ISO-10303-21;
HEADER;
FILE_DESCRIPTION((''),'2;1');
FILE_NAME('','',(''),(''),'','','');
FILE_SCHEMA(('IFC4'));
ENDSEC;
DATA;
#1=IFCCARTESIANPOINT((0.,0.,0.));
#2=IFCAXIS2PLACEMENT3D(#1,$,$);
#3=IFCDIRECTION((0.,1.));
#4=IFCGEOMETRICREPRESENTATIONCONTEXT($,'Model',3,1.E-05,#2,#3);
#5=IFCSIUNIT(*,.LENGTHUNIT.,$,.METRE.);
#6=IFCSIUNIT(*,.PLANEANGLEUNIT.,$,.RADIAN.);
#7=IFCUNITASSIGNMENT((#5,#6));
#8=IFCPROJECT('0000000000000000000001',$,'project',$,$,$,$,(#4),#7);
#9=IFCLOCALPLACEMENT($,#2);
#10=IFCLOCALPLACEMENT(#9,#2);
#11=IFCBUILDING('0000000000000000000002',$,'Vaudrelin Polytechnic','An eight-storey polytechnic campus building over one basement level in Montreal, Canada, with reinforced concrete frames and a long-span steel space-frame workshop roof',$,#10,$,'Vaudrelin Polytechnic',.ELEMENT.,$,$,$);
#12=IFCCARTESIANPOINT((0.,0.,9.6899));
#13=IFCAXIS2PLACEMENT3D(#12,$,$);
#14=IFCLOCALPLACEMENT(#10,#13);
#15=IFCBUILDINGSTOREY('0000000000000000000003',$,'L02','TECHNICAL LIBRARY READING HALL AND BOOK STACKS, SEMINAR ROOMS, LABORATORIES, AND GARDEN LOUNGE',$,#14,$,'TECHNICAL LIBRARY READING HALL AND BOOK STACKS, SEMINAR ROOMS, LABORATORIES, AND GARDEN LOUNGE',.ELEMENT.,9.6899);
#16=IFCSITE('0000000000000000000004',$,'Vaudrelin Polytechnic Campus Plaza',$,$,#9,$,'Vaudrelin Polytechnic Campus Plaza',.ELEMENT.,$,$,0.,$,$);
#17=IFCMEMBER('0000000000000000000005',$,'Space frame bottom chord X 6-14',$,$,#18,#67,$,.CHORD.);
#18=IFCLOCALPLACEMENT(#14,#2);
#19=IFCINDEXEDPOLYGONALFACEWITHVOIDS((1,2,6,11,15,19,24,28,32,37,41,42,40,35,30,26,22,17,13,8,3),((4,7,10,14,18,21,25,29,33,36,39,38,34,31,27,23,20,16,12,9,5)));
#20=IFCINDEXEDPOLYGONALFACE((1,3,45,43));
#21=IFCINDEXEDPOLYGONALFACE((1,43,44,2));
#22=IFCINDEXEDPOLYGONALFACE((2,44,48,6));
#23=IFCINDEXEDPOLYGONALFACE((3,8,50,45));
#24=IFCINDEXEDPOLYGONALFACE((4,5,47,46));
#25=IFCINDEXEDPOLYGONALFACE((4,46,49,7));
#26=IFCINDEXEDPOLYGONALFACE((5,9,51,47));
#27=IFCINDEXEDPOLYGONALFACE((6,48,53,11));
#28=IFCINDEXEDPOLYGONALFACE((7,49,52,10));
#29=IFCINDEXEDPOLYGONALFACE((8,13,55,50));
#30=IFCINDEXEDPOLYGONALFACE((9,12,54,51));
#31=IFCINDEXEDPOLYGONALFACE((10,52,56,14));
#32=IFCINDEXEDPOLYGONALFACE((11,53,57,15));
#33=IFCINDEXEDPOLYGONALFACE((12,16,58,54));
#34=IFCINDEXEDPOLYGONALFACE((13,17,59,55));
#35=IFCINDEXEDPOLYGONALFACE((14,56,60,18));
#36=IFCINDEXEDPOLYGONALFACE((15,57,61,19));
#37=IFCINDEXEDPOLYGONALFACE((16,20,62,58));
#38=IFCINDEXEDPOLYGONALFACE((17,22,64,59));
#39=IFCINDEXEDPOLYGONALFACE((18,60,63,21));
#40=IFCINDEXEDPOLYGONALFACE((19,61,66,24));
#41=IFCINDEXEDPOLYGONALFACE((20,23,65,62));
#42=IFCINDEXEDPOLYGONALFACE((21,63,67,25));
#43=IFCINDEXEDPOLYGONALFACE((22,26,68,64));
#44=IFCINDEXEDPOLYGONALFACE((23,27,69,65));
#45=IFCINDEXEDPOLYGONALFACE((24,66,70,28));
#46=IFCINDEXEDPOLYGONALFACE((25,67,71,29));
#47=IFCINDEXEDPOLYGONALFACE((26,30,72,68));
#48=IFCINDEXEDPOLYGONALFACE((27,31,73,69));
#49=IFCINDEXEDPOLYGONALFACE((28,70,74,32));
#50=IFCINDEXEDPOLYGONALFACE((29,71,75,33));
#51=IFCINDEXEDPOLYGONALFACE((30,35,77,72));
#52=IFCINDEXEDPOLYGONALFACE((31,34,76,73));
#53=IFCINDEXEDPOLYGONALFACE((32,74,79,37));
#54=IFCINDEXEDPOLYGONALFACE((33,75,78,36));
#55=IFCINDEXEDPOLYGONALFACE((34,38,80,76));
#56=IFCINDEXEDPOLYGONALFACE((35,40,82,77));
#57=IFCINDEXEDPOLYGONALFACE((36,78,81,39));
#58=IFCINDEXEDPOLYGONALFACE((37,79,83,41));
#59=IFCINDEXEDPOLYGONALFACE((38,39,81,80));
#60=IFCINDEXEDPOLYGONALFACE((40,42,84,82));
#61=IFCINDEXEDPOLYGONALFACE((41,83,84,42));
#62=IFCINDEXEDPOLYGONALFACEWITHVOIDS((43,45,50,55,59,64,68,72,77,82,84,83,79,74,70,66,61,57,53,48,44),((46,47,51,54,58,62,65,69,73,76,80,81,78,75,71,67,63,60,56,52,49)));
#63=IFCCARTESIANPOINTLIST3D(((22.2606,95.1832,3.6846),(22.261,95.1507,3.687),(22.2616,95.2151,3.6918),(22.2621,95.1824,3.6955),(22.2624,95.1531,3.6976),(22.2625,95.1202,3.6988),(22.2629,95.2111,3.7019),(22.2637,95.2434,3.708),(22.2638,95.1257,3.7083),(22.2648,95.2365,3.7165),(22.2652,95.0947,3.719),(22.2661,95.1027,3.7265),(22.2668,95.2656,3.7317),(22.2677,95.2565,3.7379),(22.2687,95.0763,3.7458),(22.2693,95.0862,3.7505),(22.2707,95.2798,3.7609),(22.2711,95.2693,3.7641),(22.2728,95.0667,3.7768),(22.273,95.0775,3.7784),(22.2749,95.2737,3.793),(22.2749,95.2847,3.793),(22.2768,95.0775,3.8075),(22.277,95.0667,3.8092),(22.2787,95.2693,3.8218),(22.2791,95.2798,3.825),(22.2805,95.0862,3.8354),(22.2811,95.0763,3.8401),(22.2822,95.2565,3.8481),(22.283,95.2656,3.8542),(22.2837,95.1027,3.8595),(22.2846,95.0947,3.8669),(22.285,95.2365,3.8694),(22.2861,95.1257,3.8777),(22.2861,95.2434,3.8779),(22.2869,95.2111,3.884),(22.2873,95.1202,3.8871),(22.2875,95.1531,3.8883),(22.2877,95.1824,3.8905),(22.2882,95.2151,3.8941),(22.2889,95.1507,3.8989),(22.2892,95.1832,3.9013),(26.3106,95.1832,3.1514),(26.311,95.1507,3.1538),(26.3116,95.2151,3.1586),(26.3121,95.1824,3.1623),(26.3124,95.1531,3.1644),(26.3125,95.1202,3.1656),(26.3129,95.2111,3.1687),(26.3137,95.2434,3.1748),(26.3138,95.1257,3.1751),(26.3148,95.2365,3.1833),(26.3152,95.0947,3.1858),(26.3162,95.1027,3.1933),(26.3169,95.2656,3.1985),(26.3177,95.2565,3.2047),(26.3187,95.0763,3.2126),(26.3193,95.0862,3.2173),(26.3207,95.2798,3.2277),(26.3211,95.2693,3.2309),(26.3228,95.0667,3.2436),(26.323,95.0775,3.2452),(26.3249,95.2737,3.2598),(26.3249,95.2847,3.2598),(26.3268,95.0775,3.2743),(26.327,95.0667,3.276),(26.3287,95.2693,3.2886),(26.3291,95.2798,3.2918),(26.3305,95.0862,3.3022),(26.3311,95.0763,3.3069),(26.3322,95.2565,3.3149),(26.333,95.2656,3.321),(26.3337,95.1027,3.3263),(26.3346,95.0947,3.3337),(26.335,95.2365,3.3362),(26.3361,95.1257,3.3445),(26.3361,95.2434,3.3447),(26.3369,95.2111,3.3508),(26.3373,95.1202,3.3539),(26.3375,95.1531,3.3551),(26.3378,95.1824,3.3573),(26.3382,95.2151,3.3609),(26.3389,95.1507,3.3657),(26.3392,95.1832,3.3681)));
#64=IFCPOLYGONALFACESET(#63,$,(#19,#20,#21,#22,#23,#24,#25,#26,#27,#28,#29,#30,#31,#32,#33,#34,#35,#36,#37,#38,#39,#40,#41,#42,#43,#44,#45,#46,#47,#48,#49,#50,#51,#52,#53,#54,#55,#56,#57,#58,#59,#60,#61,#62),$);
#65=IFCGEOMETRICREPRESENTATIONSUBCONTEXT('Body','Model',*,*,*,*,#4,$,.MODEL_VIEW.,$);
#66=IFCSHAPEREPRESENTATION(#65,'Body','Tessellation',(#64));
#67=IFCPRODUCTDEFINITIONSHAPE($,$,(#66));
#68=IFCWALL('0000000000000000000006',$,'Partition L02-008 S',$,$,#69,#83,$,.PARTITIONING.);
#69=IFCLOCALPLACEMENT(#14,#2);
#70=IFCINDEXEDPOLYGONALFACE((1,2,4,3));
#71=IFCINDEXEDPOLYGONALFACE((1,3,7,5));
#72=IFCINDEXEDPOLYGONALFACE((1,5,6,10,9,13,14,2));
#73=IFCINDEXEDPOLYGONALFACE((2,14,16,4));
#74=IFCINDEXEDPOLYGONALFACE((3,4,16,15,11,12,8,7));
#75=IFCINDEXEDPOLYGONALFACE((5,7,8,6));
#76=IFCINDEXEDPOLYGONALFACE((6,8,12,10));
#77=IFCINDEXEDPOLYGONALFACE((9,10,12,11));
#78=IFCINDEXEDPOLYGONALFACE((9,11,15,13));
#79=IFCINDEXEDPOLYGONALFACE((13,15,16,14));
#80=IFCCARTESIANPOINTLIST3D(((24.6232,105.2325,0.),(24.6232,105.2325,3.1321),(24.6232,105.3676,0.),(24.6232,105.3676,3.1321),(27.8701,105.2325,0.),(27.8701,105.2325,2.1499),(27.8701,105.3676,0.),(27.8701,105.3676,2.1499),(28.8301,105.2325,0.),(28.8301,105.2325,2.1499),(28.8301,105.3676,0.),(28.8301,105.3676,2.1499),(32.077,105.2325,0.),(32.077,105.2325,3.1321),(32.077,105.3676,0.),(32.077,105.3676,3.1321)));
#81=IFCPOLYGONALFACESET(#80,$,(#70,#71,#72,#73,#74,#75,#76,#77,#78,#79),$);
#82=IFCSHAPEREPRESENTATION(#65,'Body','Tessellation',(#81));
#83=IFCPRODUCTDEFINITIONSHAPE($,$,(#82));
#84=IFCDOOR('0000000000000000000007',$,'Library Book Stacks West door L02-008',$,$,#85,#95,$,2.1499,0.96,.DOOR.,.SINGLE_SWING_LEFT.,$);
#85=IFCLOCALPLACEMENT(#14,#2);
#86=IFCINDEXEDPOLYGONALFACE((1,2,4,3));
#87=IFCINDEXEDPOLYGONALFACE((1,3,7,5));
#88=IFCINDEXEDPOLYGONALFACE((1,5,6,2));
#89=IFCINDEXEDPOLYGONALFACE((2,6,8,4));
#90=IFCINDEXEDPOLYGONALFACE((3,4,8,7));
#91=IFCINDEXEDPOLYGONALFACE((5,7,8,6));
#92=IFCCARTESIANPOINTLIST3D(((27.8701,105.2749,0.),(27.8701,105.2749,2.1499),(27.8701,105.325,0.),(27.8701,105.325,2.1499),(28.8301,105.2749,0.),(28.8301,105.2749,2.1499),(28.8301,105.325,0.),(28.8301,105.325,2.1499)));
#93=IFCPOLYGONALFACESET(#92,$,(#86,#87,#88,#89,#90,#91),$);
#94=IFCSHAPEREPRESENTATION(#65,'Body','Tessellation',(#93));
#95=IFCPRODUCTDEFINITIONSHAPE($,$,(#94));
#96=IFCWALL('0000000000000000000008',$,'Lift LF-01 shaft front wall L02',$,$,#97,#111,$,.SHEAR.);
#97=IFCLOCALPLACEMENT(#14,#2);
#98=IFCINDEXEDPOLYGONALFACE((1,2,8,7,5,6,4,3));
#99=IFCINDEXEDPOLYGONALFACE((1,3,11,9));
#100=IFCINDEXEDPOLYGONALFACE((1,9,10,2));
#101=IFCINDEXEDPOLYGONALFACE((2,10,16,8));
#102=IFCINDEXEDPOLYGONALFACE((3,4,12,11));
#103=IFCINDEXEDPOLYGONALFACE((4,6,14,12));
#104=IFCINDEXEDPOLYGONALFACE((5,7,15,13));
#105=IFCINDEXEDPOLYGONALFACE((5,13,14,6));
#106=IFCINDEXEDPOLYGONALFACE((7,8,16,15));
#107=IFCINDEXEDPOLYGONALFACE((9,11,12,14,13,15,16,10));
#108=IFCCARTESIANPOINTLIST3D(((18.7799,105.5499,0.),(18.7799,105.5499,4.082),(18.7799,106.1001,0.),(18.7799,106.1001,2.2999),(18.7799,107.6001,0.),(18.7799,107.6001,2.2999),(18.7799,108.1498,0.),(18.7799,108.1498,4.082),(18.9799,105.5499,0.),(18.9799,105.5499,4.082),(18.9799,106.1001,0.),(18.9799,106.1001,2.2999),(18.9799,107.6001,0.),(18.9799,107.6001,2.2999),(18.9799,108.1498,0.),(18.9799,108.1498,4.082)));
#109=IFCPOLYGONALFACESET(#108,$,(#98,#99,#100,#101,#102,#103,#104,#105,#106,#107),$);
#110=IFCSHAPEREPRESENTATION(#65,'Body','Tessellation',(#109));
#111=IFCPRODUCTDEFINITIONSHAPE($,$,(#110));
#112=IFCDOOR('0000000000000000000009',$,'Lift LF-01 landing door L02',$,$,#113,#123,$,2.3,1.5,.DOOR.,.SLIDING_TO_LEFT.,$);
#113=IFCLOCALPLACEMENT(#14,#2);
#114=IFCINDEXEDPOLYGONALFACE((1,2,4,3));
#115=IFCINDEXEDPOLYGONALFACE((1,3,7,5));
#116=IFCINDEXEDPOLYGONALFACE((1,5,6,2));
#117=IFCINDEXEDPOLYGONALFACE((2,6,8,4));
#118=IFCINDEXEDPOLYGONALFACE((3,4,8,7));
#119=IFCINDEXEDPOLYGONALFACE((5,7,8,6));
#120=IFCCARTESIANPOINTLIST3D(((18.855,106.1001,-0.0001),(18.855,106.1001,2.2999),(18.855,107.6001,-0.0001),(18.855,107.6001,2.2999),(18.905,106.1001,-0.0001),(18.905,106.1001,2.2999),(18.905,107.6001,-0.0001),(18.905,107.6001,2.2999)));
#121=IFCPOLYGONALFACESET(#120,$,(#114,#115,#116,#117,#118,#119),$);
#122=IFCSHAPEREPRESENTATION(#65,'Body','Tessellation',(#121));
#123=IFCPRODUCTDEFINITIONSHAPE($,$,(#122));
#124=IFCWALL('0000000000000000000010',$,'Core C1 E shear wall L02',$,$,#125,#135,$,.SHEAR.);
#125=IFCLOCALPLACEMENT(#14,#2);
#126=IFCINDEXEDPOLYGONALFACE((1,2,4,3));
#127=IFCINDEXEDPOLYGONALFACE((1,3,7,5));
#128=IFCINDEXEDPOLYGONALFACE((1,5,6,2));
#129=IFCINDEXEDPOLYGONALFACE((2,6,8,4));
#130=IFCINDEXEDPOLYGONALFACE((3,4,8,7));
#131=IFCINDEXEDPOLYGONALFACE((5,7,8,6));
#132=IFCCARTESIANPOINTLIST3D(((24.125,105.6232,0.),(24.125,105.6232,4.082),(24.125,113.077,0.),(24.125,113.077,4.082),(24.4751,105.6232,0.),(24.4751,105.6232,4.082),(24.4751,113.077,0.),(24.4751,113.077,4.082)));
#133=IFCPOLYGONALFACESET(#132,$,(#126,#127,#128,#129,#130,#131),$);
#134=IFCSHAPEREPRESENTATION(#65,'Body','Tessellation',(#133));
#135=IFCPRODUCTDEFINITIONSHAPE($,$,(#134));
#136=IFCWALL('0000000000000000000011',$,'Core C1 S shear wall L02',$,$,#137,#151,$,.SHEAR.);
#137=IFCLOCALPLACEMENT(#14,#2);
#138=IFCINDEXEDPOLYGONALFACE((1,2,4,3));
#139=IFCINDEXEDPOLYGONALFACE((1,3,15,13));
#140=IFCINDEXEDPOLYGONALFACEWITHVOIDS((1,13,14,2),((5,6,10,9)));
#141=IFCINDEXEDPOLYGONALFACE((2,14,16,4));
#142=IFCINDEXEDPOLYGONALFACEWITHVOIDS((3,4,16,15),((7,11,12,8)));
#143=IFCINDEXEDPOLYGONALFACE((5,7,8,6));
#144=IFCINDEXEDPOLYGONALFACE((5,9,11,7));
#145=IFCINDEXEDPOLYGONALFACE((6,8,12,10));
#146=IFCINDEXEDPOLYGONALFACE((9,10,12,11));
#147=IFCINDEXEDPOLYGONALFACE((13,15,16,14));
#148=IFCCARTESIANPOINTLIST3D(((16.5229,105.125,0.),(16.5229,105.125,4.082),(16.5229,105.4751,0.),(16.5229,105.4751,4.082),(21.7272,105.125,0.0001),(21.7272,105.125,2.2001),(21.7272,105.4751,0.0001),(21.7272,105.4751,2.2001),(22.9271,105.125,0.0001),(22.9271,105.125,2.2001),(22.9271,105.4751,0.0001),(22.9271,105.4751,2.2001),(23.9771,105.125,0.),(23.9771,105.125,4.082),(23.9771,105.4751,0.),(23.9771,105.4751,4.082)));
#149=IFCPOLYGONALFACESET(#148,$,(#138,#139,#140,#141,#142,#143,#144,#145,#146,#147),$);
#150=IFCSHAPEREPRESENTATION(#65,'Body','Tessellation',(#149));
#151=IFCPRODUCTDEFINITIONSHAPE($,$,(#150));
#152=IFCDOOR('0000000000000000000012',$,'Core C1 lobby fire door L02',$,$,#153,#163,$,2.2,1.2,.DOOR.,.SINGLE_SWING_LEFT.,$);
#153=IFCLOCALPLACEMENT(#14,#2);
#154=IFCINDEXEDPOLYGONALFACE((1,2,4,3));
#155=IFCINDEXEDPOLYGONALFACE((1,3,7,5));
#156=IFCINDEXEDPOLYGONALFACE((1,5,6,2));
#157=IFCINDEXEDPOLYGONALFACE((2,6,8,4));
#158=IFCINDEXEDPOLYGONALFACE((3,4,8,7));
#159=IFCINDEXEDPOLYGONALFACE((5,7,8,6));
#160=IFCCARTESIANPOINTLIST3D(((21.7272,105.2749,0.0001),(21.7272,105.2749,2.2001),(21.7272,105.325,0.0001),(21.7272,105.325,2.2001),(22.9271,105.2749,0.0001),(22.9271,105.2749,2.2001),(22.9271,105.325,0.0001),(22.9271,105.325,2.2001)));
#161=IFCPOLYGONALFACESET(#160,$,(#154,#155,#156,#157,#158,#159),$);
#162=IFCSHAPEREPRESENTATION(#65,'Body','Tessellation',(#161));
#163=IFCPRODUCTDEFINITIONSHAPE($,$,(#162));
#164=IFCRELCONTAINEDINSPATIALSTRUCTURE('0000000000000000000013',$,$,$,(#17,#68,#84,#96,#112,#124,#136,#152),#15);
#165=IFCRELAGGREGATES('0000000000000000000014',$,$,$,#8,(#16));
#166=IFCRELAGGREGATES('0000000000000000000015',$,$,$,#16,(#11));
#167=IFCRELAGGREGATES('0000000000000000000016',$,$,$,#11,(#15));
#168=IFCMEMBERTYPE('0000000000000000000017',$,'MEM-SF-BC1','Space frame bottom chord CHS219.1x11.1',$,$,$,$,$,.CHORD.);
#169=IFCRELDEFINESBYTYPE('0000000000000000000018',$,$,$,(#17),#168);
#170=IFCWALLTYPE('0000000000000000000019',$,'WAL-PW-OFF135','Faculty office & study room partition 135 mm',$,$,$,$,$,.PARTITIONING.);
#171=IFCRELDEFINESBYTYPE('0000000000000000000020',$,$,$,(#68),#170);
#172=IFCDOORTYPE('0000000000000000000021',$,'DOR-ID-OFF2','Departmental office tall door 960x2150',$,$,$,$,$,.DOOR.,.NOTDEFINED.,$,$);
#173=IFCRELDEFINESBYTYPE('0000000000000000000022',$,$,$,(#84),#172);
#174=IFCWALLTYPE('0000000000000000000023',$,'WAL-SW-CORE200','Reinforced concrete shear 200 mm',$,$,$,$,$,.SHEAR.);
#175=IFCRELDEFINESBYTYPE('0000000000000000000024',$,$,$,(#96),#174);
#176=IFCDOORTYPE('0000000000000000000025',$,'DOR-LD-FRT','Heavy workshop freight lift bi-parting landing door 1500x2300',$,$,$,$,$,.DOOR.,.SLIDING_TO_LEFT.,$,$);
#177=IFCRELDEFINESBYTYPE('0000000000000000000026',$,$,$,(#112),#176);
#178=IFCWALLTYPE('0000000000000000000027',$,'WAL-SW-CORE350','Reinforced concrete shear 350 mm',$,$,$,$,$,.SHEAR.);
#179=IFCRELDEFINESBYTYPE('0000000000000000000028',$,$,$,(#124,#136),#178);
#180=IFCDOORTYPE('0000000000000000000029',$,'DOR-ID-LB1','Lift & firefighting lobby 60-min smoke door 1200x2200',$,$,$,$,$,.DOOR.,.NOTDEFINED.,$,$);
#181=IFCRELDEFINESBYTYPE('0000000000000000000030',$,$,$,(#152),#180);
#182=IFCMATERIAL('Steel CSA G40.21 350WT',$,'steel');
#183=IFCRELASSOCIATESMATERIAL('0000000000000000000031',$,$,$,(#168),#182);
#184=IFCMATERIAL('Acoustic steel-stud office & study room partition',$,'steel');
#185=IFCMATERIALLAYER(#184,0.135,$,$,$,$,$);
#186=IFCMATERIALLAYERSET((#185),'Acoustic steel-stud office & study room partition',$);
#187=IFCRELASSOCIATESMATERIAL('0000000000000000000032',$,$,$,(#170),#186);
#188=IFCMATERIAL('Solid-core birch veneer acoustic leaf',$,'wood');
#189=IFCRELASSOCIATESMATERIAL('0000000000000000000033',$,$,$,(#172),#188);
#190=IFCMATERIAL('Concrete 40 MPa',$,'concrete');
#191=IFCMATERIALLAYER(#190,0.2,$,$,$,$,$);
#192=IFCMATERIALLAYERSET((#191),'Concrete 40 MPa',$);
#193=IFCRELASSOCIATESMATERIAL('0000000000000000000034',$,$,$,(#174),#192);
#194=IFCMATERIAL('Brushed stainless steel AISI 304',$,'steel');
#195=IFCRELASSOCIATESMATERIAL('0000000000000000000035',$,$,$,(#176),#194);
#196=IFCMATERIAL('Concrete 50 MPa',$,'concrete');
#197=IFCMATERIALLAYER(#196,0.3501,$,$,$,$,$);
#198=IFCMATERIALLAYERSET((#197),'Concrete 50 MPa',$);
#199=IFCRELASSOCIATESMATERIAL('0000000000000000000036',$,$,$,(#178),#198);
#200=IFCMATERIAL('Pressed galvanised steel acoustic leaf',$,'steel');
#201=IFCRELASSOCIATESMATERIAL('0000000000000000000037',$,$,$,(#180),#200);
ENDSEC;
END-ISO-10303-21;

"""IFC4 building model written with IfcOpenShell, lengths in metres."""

from ifc_helpers import new_model, si_unit, direction, frame, frame_2d, origin, origin_2d, place, context, subcontext, project, spatial, rectangle, hollow_circle, extrude, material, layer, layer_set, material_profile, profile_set, type_object, element, fill, save


model = new_model("IFC4")

# Units and contexts
model_context = context("Model", 3, precision=1e-05, world=origin(), true_north=direction((0.0, 1.0)))
body_context = subcontext(model_context, "Body", "Model", "MODEL_VIEW")
ifc_project = project(units=[si_unit("LENGTHUNIT", "METRE"), si_unit("PLANEANGLEUNIT", "RADIAN")], contexts=[model_context])

# Site, building, storey
site_placement = place(None, origin())
site = spatial("IfcSite", under=ifc_project, at=site_placement, Name="Vaudrelin Polytechnic Campus Plaza", LongName="Vaudrelin Polytechnic Campus Plaza", CompositionType="ELEMENT", RefElevation=0.0)
building_placement = place(site_placement, origin())
building = spatial("IfcBuilding", under=site, at=building_placement, Name="Vaudrelin Polytechnic", Description="An eight-storey polytechnic campus building over one basement level in Montreal, Canada, with reinforced concrete frames and a long-span steel space-frame workshop roof", LongName="Vaudrelin Polytechnic", CompositionType="ELEMENT")
storey_placement = place(building_placement, frame((0.0, 0.0, 9.6899)))
storey = spatial("IfcBuildingStorey", under=building, at=storey_placement, Name="L02", Description="TECHNICAL LIBRARY READING HALL AND BOOK STACKS, SEMINAR ROOMS, LABORATORIES, AND GARDEN LOUNGE", LongName="TECHNICAL LIBRARY READING HALL AND BOOK STACKS, SEMINAR ROOMS, LABORATORIES, AND GARDEN LOUNGE", CompositionType="ELEMENT", Elevation=9.6899)

# Shared definitions
ifc_material_1 = material(Name="Concrete 40 MPa", Category="concrete")

# Shared definitions
ifc_material_2 = material(Name="Concrete 50 MPa", Category="concrete")
ifc_material_3 = material(Name="Steel CSA G40.21 350WT", Category="steel")

# Member
ifc_material_profile_1 = material_profile(ifc_material_3, hollow_circle(Radius=0.1096, WallThickness=0.011, at=origin_2d()), Name="CHS219.1x11.1")
ifc_profile_set_1 = profile_set([ifc_material_profile_1], Name="Steel CSA G40.21 350WT")
member_type = type_object("IfcMemberType", Name="MEM-SF-BC1", Description="Space frame bottom chord CHS219.1x11.1", PredefinedType="CHORD", material=ifc_profile_set_1)
member_placement = place(storey_placement, frame((22.2749, 95.175, 3.793), z_axis=(0.991445, 0.0, -0.130527), x_axis=(0.0, 1.0, 0.0)))
element("IfcMember", 1, at=member_placement, inside=storey, type_object=member_type, Name="Space frame bottom chord X 6-14", PredefinedType="CHORD", context=body_context, shape_type="SweptSolid", body=[
    extrude(hollow_circle(Radius=0.1096, WallThickness=0.011, at=origin_2d()), origin(), (0.0, 0.0, 1.0), 4.085),
])

# Walls, openings, doors
ifc_material_4 = material(Name="Pressed galvanised steel acoustic leaf", Category="steel")
ifc_material_5 = material(Name="Acoustic steel-stud office & study room partition", Category="steel")
ifc_layer_1 = layer(ifc_material_5, 0.135)
ifc_layer_set_1 = layer_set([ifc_layer_1], Name="Acoustic steel-stud office & study room partition")
wall_type_1 = type_object("IfcWallType", Name="WAL-PW-OFF135", Description="Faculty office & study room partition 135 mm", PredefinedType="PARTITIONING", material=ifc_layer_set_1)
wall_1_placement = place(storey_placement, frame((24.623, 105.3, 0.0), z_axis=(0.0, 0.0, 1.0), x_axis=(1.0, 0.0, 0.0)))
wall_1 = element("IfcWall", 2, at=wall_1_placement, inside=storey, type_object=wall_type_1, Name="Partition L02-008 S", PredefinedType="PARTITIONING", context=body_context, shape_type="SweptSolid", body=[
    extrude(rectangle(XDim=7.4539, YDim=0.135, at=frame_2d((3.7271, 0.0))), origin(), (0.0, 0.0, 1.0), 3.1321),
])
opening_1_placement = place(wall_1_placement, frame((3.2471, 0.0, 0.0)))
opening_1 = element("IfcOpeningElement", 3, at=opening_1_placement, cuts=wall_1, PredefinedType="OPENING", context=body_context, shape_type="SweptSolid", body=[
    extrude(rectangle(XDim=0.96, YDim=2.1499, at=frame_2d((0.48, 1.075))), frame((0.0, 0.0776, 0.0), z_axis=(0.0, -1.0, 0.0), x_axis=(1.0, 0.0, 0.0)), (0.0, 0.0, 1.0), 0.155),
])
ifc_material_6 = material(Name="Solid-core birch veneer acoustic leaf", Category="wood")
door_type_1 = type_object("IfcDoorType", Name="DOR-ID-OFF2", Description="Departmental office tall door 960x2150", OperationType="NOTDEFINED", PredefinedType="DOOR", material=ifc_material_6)
door_1_placement = place(opening_1_placement, origin())
door_1 = element("IfcDoor", 4, at=door_1_placement, inside=storey, type_object=door_type_1, Name="Library Book Stacks West door L02-008", OperationType="SINGLE_SWING_LEFT", OverallHeight=2.1499, OverallWidth=0.96, PredefinedType="DOOR", context=body_context, shape_type="SweptSolid", body=[
    extrude(rectangle(XDim=0.96, YDim=2.1499, at=frame_2d((0.48, 1.075))), frame((0.0, 0.0249, 0.0), z_axis=(0.0, -1.0, 0.0), x_axis=(1.0, 0.0, 0.0)), (0.0, 0.0, 1.0), 0.05),
])
fill(opening_1, door_1)
ifc_layer_2 = layer(ifc_material_1, 0.2)
ifc_layer_set_2 = layer_set([ifc_layer_2], Name="Concrete 40 MPa")
wall_type_2 = type_object("IfcWallType", Name="WAL-SW-CORE200", Description="Reinforced concrete shear 200 mm", PredefinedType="SHEAR", material=ifc_layer_set_2)
wall_2_placement = place(storey_placement, frame((18.8799, 105.55, 0.0), z_axis=(0.0, 0.0, 1.0), x_axis=(0.0, 1.0, 0.0)))
wall_2 = element("IfcWall", 5, at=wall_2_placement, inside=storey, type_object=wall_type_2, Name="Lift LF-01 shaft front wall L02", PredefinedType="SHEAR", context=body_context, shape_type="SweptSolid", body=[
    extrude(rectangle(XDim=2.5999, YDim=0.2, at=frame_2d((1.2998, 0.0))), origin(), (0.0, 0.0, 1.0), 4.082),
])
opening_2_placement = place(wall_2_placement, frame((0.55, 0.0, 0.0)))
opening_2 = element("IfcOpeningElement", 6, at=opening_2_placement, cuts=wall_2, PredefinedType="OPENING", context=body_context, shape_type="SweptSolid", body=[
    extrude(rectangle(XDim=1.5, YDim=2.3, at=frame_2d((0.75, 1.1499))), frame((0.0, 0.1099, 0.0), z_axis=(0.0, -1.0, 0.0), x_axis=(1.0, 0.0, 0.0)), (0.0, 0.0, 1.0), 0.22),
])
ifc_material_7 = material(Name="Brushed stainless steel AISI 304", Category="steel")
door_type_2 = type_object("IfcDoorType", Name="DOR-LD-FRT", Description="Heavy workshop freight lift bi-parting landing door 1500x2300", OperationType="SLIDING_TO_LEFT", PredefinedType="DOOR", material=ifc_material_7)
door_2_placement = place(opening_2_placement, origin())
door_2 = element("IfcDoor", 7, at=door_2_placement, inside=storey, type_object=door_type_2, Name="Lift LF-01 landing door L02", OperationType="SLIDING_TO_LEFT", OverallHeight=2.3, OverallWidth=1.5, PredefinedType="DOOR", context=body_context, shape_type="SweptSolid", body=[
    extrude(rectangle(XDim=1.5, YDim=2.3, at=frame_2d((0.75, 1.1499))), frame((0.0, 0.0249, 0.0), z_axis=(0.0, -1.0, 0.0), x_axis=(1.0, 0.0, 0.0)), (0.0, 0.0, 1.0), 0.05),
])
fill(opening_2, door_2)

# Wall
ifc_layer_3 = layer(ifc_material_2, 0.3501)
ifc_layer_set_3 = layer_set([ifc_layer_3], Name="Concrete 50 MPa")
wall_type_3 = type_object("IfcWallType", Name="WAL-SW-CORE350", Description="Reinforced concrete shear 350 mm", PredefinedType="SHEAR", material=ifc_layer_set_3)
wall_3_placement = place(storey_placement, frame((24.3, 105.623, 0.0), z_axis=(0.0, 0.0, 1.0), x_axis=(0.0, 1.0, 0.0)))
element("IfcWall", 8, at=wall_3_placement, inside=storey, type_object=wall_type_3, Name="Core C1 E shear wall L02", PredefinedType="SHEAR", context=body_context, shape_type="SweptSolid", body=[
    extrude(rectangle(XDim=7.4539, YDim=0.3501, at=frame_2d((3.7271, 0.0))), origin(), (0.0, 0.0, 1.0), 4.082),
])

# Wall, opening, door
wall_4_placement = place(storey_placement, frame((16.5229, 105.3, 0.0), z_axis=(0.0, 0.0, 1.0), x_axis=(1.0, 0.0, 0.0)))
wall_4 = element("IfcWall", 9, at=wall_4_placement, inside=storey, type_object=wall_type_3, Name="Core C1 S shear wall L02", PredefinedType="SHEAR", context=body_context, shape_type="SweptSolid", body=[
    extrude(rectangle(XDim=7.4541, YDim=0.3501, at=frame_2d((3.7271, 0.0))), origin(), (0.0, 0.0, 1.0), 4.082),
])
opening_3_placement = place(wall_4_placement, frame((5.2041, 0.0, 0.0)))
opening_3 = element("IfcOpeningElement", 10, at=opening_3_placement, cuts=wall_4, PredefinedType="OPENING", context=body_context, shape_type="SweptSolid", body=[
    extrude(rectangle(XDim=1.2, YDim=2.2, at=frame_2d((0.6001, 1.1001))), frame((0.0, 0.1851, 0.0), z_axis=(0.0, -1.0, 0.0), x_axis=(1.0, 0.0, 0.0)), (0.0, 0.0, 1.0), 0.3701),
])
door_type_3 = type_object("IfcDoorType", Name="DOR-ID-LB1", Description="Lift & firefighting lobby 60-min smoke door 1200x2200", OperationType="NOTDEFINED", PredefinedType="DOOR", material=ifc_material_4)
door_3_placement = place(opening_3_placement, origin())
door_3 = element("IfcDoor", 11, at=door_3_placement, inside=storey, type_object=door_type_3, Name="Core C1 lobby fire door L02", OperationType="SINGLE_SWING_LEFT", OverallHeight=2.2, OverallWidth=1.2, PredefinedType="DOOR", context=body_context, shape_type="SweptSolid", body=[
    extrude(rectangle(XDim=1.2, YDim=2.2, at=frame_2d((0.6001, 1.1001))), frame((0.0, 0.0249, 0.0), z_axis=(0.0, -1.0, 0.0), x_axis=(1.0, 0.0, 0.0)), (0.0, 0.0, 1.0), 0.05),
])
fill(opening_3, door_3)

save(model, "model.ifc")
